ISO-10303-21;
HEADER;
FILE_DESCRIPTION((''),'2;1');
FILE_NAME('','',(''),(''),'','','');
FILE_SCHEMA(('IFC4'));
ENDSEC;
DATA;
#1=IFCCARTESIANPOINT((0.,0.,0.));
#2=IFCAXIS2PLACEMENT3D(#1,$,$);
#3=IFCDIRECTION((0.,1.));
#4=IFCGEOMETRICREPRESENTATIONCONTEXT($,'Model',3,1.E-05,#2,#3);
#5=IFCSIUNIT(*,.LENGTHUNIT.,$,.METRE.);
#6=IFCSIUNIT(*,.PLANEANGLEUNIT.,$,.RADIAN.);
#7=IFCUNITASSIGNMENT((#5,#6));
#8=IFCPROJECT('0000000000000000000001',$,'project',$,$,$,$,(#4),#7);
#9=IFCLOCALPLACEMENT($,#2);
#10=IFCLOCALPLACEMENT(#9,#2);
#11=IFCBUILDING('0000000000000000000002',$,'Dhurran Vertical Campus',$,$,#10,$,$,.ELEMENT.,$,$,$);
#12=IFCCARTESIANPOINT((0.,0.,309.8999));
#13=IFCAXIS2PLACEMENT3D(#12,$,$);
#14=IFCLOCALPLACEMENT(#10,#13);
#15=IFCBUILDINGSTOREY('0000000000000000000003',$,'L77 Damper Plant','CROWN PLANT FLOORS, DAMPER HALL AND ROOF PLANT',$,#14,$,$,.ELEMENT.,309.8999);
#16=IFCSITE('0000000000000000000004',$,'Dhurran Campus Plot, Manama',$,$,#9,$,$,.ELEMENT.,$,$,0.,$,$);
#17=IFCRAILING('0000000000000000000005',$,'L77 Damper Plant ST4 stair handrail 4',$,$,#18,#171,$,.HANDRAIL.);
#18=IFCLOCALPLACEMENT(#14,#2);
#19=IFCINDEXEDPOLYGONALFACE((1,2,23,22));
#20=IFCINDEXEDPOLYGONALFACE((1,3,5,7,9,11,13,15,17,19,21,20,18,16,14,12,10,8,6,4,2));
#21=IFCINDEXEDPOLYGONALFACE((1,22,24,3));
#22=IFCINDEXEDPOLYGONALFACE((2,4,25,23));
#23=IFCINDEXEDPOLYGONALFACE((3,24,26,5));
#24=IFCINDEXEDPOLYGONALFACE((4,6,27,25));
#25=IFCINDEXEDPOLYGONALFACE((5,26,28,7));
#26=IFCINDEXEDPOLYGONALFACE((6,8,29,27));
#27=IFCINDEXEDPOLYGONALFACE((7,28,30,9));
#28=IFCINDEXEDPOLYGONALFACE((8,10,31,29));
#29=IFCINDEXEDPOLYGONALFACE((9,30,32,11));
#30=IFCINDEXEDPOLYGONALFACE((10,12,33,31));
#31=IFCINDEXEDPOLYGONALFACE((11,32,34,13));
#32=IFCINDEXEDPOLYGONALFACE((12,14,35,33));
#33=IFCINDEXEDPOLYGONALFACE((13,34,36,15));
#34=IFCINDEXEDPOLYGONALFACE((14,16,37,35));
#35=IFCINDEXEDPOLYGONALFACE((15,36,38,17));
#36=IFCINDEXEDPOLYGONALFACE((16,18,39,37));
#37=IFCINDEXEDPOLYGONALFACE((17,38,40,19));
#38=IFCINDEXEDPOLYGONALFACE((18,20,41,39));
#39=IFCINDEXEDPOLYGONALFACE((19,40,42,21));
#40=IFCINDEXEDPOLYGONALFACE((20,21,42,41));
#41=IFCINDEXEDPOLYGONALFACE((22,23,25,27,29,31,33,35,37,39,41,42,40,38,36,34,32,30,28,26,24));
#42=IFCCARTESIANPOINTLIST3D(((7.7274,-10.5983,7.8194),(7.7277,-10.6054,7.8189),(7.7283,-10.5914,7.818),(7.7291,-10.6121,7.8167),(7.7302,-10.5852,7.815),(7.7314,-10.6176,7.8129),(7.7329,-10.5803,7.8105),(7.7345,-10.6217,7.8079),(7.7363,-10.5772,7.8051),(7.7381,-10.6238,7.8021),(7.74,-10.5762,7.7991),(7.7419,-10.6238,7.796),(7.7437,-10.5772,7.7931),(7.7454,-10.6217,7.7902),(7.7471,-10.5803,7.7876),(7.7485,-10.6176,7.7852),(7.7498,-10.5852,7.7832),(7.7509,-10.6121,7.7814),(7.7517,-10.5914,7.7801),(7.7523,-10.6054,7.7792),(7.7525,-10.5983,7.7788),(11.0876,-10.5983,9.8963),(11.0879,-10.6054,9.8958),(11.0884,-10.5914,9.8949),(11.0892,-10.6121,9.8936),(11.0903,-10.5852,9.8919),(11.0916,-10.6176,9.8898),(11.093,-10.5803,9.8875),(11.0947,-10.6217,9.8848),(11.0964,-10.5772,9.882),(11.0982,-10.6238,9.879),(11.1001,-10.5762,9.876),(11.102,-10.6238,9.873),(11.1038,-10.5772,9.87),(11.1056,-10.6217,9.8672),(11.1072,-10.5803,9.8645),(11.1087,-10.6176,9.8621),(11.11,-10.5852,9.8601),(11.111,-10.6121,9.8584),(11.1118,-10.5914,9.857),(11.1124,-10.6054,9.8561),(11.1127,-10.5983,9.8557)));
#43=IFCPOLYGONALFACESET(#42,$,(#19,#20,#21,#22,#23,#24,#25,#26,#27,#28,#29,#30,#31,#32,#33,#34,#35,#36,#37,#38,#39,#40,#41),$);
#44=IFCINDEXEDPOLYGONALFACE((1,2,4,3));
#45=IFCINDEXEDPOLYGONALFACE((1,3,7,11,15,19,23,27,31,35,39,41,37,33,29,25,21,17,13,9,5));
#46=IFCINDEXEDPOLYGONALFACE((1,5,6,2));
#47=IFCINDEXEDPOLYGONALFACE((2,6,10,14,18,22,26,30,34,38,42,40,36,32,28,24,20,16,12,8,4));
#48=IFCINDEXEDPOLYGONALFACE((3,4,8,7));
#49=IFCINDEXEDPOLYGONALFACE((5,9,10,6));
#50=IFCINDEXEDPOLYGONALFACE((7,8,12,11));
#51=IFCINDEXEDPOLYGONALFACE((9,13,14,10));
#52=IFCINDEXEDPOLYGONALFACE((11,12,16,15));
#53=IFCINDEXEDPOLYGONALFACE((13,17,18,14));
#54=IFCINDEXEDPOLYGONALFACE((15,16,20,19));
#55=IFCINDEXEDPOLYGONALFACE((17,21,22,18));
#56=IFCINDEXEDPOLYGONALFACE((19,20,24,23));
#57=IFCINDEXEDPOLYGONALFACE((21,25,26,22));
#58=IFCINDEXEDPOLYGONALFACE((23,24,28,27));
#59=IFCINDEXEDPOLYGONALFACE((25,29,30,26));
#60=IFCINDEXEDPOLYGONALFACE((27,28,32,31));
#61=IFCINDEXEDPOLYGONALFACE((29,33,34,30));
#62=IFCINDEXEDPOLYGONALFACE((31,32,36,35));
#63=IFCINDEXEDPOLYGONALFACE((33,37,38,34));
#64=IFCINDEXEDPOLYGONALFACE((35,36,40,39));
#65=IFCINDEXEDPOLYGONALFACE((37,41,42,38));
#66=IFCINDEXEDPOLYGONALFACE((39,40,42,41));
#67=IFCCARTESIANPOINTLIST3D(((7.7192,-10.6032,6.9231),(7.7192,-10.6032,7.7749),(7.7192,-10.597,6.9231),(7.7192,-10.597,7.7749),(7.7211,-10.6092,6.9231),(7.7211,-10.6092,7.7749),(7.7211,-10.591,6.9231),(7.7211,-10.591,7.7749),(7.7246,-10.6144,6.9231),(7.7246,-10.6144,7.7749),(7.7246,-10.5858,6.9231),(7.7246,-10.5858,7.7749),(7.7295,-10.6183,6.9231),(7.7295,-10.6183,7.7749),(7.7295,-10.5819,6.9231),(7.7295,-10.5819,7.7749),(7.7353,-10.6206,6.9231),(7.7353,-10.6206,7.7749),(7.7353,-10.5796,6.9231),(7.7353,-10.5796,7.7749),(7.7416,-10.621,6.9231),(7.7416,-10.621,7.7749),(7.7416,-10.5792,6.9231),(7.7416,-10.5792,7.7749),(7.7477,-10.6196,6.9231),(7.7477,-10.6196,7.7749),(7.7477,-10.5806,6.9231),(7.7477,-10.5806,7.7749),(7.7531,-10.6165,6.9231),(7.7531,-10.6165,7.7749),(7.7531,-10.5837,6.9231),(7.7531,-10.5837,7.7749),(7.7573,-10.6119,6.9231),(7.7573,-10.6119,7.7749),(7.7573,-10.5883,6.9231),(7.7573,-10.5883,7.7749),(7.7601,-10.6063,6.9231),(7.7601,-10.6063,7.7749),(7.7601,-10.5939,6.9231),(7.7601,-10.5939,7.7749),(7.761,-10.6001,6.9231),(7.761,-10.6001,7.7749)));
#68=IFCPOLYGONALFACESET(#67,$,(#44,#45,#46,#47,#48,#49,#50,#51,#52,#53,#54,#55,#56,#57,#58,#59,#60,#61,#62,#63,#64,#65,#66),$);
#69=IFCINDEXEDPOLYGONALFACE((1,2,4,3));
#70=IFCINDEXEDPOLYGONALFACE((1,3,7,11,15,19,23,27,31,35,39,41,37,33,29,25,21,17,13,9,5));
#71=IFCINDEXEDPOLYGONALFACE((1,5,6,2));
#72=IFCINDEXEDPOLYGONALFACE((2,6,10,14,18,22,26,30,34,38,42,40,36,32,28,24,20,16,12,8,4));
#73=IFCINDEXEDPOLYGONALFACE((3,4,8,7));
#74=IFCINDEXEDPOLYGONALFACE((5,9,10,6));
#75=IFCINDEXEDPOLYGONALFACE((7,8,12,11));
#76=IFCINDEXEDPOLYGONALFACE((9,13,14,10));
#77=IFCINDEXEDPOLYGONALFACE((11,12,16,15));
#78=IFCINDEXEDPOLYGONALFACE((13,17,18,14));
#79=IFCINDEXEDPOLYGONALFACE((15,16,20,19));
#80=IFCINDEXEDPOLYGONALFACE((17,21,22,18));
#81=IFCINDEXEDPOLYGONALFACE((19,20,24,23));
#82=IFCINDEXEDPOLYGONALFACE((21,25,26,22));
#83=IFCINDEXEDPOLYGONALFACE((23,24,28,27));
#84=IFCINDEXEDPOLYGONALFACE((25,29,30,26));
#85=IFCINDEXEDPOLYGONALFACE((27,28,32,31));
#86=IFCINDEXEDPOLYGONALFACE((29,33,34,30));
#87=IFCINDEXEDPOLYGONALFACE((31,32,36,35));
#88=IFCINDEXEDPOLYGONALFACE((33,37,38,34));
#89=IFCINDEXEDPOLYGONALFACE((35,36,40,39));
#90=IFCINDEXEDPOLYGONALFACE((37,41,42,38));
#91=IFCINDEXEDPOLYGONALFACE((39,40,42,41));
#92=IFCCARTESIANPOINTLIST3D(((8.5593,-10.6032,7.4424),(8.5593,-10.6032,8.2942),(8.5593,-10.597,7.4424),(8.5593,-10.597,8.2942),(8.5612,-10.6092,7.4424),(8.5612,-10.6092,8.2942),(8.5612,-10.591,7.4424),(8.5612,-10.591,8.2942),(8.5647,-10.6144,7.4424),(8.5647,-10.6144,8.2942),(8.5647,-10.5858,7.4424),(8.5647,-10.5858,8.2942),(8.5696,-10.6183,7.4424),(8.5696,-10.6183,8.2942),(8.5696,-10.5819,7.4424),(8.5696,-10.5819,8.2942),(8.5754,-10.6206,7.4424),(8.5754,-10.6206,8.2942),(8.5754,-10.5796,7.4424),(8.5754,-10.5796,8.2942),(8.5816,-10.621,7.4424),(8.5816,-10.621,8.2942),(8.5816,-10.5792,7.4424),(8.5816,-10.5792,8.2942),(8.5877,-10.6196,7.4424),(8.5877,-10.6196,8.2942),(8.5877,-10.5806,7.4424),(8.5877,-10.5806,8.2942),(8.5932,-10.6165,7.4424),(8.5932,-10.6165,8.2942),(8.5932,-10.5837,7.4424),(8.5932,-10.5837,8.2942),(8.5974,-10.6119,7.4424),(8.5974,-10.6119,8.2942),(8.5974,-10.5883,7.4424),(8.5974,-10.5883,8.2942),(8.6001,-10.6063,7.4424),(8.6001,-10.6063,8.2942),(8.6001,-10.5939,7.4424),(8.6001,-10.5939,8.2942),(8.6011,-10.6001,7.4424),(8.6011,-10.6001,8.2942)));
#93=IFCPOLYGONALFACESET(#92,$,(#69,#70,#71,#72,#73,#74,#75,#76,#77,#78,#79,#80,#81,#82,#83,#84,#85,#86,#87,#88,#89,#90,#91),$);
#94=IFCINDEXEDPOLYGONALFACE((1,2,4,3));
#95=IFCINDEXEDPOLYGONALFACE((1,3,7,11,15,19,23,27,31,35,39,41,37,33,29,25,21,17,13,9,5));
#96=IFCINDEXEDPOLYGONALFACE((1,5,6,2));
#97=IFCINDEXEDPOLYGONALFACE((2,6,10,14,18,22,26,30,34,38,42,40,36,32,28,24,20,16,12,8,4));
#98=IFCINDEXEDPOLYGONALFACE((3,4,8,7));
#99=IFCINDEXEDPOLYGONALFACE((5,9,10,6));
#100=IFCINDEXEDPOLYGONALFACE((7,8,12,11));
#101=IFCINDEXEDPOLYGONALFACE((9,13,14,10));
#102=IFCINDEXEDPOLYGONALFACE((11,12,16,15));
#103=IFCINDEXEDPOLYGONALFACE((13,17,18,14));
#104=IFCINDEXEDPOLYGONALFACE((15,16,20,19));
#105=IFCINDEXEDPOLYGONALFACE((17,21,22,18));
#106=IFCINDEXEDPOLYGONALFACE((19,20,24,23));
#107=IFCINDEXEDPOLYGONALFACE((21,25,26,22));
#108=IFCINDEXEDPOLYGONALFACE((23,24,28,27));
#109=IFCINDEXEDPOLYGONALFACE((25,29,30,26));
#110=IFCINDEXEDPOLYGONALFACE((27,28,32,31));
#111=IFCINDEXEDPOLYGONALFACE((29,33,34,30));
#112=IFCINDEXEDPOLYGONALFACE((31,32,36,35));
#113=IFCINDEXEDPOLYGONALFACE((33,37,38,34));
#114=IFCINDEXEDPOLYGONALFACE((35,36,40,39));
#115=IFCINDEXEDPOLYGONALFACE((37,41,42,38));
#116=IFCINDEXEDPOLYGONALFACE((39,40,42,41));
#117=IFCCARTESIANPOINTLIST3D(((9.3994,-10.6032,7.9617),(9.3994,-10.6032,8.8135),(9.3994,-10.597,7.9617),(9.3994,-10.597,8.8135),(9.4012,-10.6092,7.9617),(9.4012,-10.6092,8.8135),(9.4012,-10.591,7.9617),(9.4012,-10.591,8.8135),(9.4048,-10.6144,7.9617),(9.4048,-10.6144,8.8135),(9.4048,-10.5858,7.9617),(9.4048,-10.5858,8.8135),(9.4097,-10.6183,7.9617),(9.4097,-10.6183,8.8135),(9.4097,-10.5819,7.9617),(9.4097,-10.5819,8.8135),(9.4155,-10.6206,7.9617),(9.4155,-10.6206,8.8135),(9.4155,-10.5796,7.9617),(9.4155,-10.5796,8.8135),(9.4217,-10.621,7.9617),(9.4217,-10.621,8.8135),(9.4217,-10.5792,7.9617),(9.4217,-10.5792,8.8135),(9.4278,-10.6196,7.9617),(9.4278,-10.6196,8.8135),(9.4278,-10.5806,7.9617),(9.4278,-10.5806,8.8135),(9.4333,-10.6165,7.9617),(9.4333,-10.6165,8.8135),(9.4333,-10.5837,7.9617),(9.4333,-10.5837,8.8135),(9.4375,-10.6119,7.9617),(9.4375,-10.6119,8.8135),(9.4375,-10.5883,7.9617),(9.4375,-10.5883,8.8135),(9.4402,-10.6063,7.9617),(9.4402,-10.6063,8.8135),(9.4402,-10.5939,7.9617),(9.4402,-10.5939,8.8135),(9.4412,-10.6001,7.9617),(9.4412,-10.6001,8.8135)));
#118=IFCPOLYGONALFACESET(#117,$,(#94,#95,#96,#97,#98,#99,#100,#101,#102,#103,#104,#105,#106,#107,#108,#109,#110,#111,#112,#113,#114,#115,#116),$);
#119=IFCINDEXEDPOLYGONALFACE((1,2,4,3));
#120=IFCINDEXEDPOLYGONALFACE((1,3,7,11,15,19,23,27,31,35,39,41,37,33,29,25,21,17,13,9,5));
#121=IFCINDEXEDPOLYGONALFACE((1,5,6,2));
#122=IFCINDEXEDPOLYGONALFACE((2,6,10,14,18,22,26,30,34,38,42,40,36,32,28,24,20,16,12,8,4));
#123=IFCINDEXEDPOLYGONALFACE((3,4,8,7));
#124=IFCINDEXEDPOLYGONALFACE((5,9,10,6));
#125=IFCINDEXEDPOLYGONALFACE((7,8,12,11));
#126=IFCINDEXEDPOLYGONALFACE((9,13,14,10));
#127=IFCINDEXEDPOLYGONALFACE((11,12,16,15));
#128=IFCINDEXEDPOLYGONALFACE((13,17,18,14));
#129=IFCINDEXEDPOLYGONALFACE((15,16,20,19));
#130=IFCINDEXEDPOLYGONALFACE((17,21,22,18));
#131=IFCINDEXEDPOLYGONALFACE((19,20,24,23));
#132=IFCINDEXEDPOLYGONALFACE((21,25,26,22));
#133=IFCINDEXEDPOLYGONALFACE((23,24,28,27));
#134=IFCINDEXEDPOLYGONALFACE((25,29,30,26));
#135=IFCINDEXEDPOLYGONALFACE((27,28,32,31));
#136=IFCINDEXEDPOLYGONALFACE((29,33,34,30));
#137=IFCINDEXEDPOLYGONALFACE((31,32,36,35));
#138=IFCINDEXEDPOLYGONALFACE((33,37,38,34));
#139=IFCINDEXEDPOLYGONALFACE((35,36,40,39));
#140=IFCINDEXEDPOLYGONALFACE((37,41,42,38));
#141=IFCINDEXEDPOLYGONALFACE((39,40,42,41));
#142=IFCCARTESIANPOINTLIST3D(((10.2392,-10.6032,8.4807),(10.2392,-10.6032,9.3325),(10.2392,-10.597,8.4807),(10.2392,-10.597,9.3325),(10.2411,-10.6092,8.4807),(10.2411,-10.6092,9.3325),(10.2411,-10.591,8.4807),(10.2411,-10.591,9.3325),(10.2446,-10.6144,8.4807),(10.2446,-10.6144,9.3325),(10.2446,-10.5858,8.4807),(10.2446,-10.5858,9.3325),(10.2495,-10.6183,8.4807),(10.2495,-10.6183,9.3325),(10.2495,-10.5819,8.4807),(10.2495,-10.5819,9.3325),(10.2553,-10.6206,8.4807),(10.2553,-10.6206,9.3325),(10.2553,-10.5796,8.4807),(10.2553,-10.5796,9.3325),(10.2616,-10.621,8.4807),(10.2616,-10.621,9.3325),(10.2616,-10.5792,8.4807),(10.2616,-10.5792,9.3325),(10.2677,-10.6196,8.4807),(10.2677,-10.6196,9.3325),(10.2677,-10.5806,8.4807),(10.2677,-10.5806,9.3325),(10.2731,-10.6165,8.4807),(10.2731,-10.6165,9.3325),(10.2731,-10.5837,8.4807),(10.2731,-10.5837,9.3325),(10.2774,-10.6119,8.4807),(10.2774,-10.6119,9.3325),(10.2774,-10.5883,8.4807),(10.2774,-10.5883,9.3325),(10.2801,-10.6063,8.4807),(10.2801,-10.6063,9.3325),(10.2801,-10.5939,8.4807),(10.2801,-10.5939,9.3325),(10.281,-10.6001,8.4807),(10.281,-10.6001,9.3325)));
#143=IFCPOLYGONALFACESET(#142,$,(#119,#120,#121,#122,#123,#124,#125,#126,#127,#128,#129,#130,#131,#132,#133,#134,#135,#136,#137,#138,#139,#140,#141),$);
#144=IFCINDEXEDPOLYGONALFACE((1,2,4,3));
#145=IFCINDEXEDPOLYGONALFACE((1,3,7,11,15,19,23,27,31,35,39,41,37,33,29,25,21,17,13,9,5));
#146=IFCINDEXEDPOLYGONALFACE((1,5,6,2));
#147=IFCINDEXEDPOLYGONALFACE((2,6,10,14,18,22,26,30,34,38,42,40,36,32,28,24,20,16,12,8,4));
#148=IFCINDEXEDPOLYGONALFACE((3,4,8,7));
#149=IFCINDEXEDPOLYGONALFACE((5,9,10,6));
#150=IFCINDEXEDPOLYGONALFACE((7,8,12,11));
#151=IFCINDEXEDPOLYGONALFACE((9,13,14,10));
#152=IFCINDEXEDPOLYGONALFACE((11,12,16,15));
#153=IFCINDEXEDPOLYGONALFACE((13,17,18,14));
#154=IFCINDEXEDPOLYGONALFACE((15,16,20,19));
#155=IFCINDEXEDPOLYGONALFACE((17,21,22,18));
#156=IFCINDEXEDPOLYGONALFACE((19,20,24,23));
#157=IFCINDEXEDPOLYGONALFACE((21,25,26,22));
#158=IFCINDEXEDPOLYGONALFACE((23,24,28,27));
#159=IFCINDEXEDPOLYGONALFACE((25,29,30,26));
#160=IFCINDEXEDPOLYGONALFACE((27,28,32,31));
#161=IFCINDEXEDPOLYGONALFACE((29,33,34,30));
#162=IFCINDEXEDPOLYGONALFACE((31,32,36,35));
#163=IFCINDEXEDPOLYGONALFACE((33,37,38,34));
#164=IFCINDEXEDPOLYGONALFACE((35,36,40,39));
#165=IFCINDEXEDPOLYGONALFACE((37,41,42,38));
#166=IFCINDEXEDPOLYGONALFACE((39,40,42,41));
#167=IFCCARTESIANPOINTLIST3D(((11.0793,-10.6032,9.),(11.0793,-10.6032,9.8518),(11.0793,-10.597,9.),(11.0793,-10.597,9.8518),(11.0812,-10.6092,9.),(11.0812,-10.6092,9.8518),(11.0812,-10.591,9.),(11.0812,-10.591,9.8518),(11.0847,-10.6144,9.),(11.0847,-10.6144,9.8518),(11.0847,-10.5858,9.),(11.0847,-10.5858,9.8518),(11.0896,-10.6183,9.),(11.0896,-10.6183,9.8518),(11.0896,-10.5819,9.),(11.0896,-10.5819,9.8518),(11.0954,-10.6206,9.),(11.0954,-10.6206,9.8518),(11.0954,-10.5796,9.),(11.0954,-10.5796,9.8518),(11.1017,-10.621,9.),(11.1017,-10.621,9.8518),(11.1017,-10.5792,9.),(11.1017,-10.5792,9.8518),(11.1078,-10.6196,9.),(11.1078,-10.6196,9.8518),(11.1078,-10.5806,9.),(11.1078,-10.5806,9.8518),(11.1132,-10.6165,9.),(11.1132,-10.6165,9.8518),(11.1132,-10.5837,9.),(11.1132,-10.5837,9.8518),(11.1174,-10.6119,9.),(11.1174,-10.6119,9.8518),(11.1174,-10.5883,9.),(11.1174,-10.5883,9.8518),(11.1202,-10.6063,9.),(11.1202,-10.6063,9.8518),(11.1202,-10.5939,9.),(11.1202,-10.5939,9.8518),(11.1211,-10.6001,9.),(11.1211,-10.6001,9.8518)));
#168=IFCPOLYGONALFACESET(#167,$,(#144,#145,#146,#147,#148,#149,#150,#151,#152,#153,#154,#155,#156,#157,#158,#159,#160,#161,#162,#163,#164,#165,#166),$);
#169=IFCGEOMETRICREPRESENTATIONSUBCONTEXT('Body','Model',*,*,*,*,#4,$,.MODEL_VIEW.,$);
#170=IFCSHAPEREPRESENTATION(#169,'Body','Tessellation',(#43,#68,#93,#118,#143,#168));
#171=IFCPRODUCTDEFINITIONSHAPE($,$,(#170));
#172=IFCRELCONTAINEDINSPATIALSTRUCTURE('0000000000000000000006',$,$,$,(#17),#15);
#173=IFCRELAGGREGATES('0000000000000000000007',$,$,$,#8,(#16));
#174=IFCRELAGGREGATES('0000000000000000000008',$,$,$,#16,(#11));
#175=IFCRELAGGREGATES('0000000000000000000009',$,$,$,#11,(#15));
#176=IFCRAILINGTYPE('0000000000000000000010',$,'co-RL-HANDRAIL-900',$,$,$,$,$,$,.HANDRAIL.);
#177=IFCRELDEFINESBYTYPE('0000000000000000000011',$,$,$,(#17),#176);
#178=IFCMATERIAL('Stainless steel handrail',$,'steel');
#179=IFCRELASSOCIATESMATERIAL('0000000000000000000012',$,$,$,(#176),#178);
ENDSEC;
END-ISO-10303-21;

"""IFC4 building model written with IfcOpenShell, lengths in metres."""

from ifc_helpers import new_model, si_unit, direction, frame, origin, origin_2d, place, context, subcontext, project, spatial, circle, extrude, material, type_object, element, save


model = new_model("IFC4")

# Units and contexts
model_context = context("Model", 3, precision=1e-05, world=origin(), true_north=direction((0.0, 1.0)))
body_context = subcontext(model_context, "Body", "Model", "MODEL_VIEW")
ifc_project = project(units=[si_unit("LENGTHUNIT", "METRE"), si_unit("PLANEANGLEUNIT", "RADIAN")], contexts=[model_context])

# Site, building, storey
site_placement = place(None, origin())
site = spatial("IfcSite", under=ifc_project, at=site_placement, Name="Dhurran Campus Plot, Manama", CompositionType="ELEMENT", RefElevation=0.0)
building_placement = place(site_placement, origin())
building = spatial("IfcBuilding", under=site, at=building_placement, Name="Dhurran Vertical Campus", CompositionType="ELEMENT")
storey_placement = place(building_placement, frame((0.0, 0.0, 309.8999)))
storey = spatial("IfcBuildingStorey", under=building, at=storey_placement, Name="L77 Damper Plant", Description="CROWN PLANT FLOORS, DAMPER HALL AND ROOF PLANT", CompositionType="ELEMENT", Elevation=309.8999)

# Railing
ifc_material_1 = material(Name="Stainless steel handrail", Category="steel")
railing_type_1 = type_object("IfcRailingType", Name="co-RL-HANDRAIL-900", PredefinedType="HANDRAIL", material=ifc_material_1)
for number, where, name in (
    (1, (7.74, -10.6001, 6.9231), "L77 Damper Plant ST4 stair handrail 4"),
):
    element("IfcRailing", number, at=place(storey_placement, frame(where)), inside=storey, type_object=railing_type_1, Name=name, PredefinedType="HANDRAIL", context=body_context, shape_type="SweptSolid", body=[
        extrude(circle(Radius=0.0239, at=origin_2d()), frame((0.0, 0.0, 0.876), z_axis=(0.850623, 0.0, 0.525776), x_axis=(0.0, 1.0, 0.0)), (0.0, 0.0, 1.0), 3.9502),
        extrude(circle(Radius=0.021, at=origin_2d()), origin(), (0.0, 0.0, 1.0), 0.8518),
        extrude(circle(Radius=0.021, at=origin_2d()), frame((0.8401, 0.0, 0.5193)), (0.0, 0.0, 1.0), 0.8518),
        extrude(circle(Radius=0.021, at=origin_2d()), frame((1.6802, 0.0, 1.0386)), (0.0, 0.0, 1.0), 0.8518),
        extrude(circle(Radius=0.021, at=origin_2d()), frame((2.52, 0.0, 1.5576)), (0.0, 0.0, 1.0), 0.8518),
        extrude(circle(Radius=0.021, at=origin_2d()), frame((3.3601, 0.0, 2.0769)), (0.0, 0.0, 1.0), 0.8518),
    ])

save(model, "model.ifc")
